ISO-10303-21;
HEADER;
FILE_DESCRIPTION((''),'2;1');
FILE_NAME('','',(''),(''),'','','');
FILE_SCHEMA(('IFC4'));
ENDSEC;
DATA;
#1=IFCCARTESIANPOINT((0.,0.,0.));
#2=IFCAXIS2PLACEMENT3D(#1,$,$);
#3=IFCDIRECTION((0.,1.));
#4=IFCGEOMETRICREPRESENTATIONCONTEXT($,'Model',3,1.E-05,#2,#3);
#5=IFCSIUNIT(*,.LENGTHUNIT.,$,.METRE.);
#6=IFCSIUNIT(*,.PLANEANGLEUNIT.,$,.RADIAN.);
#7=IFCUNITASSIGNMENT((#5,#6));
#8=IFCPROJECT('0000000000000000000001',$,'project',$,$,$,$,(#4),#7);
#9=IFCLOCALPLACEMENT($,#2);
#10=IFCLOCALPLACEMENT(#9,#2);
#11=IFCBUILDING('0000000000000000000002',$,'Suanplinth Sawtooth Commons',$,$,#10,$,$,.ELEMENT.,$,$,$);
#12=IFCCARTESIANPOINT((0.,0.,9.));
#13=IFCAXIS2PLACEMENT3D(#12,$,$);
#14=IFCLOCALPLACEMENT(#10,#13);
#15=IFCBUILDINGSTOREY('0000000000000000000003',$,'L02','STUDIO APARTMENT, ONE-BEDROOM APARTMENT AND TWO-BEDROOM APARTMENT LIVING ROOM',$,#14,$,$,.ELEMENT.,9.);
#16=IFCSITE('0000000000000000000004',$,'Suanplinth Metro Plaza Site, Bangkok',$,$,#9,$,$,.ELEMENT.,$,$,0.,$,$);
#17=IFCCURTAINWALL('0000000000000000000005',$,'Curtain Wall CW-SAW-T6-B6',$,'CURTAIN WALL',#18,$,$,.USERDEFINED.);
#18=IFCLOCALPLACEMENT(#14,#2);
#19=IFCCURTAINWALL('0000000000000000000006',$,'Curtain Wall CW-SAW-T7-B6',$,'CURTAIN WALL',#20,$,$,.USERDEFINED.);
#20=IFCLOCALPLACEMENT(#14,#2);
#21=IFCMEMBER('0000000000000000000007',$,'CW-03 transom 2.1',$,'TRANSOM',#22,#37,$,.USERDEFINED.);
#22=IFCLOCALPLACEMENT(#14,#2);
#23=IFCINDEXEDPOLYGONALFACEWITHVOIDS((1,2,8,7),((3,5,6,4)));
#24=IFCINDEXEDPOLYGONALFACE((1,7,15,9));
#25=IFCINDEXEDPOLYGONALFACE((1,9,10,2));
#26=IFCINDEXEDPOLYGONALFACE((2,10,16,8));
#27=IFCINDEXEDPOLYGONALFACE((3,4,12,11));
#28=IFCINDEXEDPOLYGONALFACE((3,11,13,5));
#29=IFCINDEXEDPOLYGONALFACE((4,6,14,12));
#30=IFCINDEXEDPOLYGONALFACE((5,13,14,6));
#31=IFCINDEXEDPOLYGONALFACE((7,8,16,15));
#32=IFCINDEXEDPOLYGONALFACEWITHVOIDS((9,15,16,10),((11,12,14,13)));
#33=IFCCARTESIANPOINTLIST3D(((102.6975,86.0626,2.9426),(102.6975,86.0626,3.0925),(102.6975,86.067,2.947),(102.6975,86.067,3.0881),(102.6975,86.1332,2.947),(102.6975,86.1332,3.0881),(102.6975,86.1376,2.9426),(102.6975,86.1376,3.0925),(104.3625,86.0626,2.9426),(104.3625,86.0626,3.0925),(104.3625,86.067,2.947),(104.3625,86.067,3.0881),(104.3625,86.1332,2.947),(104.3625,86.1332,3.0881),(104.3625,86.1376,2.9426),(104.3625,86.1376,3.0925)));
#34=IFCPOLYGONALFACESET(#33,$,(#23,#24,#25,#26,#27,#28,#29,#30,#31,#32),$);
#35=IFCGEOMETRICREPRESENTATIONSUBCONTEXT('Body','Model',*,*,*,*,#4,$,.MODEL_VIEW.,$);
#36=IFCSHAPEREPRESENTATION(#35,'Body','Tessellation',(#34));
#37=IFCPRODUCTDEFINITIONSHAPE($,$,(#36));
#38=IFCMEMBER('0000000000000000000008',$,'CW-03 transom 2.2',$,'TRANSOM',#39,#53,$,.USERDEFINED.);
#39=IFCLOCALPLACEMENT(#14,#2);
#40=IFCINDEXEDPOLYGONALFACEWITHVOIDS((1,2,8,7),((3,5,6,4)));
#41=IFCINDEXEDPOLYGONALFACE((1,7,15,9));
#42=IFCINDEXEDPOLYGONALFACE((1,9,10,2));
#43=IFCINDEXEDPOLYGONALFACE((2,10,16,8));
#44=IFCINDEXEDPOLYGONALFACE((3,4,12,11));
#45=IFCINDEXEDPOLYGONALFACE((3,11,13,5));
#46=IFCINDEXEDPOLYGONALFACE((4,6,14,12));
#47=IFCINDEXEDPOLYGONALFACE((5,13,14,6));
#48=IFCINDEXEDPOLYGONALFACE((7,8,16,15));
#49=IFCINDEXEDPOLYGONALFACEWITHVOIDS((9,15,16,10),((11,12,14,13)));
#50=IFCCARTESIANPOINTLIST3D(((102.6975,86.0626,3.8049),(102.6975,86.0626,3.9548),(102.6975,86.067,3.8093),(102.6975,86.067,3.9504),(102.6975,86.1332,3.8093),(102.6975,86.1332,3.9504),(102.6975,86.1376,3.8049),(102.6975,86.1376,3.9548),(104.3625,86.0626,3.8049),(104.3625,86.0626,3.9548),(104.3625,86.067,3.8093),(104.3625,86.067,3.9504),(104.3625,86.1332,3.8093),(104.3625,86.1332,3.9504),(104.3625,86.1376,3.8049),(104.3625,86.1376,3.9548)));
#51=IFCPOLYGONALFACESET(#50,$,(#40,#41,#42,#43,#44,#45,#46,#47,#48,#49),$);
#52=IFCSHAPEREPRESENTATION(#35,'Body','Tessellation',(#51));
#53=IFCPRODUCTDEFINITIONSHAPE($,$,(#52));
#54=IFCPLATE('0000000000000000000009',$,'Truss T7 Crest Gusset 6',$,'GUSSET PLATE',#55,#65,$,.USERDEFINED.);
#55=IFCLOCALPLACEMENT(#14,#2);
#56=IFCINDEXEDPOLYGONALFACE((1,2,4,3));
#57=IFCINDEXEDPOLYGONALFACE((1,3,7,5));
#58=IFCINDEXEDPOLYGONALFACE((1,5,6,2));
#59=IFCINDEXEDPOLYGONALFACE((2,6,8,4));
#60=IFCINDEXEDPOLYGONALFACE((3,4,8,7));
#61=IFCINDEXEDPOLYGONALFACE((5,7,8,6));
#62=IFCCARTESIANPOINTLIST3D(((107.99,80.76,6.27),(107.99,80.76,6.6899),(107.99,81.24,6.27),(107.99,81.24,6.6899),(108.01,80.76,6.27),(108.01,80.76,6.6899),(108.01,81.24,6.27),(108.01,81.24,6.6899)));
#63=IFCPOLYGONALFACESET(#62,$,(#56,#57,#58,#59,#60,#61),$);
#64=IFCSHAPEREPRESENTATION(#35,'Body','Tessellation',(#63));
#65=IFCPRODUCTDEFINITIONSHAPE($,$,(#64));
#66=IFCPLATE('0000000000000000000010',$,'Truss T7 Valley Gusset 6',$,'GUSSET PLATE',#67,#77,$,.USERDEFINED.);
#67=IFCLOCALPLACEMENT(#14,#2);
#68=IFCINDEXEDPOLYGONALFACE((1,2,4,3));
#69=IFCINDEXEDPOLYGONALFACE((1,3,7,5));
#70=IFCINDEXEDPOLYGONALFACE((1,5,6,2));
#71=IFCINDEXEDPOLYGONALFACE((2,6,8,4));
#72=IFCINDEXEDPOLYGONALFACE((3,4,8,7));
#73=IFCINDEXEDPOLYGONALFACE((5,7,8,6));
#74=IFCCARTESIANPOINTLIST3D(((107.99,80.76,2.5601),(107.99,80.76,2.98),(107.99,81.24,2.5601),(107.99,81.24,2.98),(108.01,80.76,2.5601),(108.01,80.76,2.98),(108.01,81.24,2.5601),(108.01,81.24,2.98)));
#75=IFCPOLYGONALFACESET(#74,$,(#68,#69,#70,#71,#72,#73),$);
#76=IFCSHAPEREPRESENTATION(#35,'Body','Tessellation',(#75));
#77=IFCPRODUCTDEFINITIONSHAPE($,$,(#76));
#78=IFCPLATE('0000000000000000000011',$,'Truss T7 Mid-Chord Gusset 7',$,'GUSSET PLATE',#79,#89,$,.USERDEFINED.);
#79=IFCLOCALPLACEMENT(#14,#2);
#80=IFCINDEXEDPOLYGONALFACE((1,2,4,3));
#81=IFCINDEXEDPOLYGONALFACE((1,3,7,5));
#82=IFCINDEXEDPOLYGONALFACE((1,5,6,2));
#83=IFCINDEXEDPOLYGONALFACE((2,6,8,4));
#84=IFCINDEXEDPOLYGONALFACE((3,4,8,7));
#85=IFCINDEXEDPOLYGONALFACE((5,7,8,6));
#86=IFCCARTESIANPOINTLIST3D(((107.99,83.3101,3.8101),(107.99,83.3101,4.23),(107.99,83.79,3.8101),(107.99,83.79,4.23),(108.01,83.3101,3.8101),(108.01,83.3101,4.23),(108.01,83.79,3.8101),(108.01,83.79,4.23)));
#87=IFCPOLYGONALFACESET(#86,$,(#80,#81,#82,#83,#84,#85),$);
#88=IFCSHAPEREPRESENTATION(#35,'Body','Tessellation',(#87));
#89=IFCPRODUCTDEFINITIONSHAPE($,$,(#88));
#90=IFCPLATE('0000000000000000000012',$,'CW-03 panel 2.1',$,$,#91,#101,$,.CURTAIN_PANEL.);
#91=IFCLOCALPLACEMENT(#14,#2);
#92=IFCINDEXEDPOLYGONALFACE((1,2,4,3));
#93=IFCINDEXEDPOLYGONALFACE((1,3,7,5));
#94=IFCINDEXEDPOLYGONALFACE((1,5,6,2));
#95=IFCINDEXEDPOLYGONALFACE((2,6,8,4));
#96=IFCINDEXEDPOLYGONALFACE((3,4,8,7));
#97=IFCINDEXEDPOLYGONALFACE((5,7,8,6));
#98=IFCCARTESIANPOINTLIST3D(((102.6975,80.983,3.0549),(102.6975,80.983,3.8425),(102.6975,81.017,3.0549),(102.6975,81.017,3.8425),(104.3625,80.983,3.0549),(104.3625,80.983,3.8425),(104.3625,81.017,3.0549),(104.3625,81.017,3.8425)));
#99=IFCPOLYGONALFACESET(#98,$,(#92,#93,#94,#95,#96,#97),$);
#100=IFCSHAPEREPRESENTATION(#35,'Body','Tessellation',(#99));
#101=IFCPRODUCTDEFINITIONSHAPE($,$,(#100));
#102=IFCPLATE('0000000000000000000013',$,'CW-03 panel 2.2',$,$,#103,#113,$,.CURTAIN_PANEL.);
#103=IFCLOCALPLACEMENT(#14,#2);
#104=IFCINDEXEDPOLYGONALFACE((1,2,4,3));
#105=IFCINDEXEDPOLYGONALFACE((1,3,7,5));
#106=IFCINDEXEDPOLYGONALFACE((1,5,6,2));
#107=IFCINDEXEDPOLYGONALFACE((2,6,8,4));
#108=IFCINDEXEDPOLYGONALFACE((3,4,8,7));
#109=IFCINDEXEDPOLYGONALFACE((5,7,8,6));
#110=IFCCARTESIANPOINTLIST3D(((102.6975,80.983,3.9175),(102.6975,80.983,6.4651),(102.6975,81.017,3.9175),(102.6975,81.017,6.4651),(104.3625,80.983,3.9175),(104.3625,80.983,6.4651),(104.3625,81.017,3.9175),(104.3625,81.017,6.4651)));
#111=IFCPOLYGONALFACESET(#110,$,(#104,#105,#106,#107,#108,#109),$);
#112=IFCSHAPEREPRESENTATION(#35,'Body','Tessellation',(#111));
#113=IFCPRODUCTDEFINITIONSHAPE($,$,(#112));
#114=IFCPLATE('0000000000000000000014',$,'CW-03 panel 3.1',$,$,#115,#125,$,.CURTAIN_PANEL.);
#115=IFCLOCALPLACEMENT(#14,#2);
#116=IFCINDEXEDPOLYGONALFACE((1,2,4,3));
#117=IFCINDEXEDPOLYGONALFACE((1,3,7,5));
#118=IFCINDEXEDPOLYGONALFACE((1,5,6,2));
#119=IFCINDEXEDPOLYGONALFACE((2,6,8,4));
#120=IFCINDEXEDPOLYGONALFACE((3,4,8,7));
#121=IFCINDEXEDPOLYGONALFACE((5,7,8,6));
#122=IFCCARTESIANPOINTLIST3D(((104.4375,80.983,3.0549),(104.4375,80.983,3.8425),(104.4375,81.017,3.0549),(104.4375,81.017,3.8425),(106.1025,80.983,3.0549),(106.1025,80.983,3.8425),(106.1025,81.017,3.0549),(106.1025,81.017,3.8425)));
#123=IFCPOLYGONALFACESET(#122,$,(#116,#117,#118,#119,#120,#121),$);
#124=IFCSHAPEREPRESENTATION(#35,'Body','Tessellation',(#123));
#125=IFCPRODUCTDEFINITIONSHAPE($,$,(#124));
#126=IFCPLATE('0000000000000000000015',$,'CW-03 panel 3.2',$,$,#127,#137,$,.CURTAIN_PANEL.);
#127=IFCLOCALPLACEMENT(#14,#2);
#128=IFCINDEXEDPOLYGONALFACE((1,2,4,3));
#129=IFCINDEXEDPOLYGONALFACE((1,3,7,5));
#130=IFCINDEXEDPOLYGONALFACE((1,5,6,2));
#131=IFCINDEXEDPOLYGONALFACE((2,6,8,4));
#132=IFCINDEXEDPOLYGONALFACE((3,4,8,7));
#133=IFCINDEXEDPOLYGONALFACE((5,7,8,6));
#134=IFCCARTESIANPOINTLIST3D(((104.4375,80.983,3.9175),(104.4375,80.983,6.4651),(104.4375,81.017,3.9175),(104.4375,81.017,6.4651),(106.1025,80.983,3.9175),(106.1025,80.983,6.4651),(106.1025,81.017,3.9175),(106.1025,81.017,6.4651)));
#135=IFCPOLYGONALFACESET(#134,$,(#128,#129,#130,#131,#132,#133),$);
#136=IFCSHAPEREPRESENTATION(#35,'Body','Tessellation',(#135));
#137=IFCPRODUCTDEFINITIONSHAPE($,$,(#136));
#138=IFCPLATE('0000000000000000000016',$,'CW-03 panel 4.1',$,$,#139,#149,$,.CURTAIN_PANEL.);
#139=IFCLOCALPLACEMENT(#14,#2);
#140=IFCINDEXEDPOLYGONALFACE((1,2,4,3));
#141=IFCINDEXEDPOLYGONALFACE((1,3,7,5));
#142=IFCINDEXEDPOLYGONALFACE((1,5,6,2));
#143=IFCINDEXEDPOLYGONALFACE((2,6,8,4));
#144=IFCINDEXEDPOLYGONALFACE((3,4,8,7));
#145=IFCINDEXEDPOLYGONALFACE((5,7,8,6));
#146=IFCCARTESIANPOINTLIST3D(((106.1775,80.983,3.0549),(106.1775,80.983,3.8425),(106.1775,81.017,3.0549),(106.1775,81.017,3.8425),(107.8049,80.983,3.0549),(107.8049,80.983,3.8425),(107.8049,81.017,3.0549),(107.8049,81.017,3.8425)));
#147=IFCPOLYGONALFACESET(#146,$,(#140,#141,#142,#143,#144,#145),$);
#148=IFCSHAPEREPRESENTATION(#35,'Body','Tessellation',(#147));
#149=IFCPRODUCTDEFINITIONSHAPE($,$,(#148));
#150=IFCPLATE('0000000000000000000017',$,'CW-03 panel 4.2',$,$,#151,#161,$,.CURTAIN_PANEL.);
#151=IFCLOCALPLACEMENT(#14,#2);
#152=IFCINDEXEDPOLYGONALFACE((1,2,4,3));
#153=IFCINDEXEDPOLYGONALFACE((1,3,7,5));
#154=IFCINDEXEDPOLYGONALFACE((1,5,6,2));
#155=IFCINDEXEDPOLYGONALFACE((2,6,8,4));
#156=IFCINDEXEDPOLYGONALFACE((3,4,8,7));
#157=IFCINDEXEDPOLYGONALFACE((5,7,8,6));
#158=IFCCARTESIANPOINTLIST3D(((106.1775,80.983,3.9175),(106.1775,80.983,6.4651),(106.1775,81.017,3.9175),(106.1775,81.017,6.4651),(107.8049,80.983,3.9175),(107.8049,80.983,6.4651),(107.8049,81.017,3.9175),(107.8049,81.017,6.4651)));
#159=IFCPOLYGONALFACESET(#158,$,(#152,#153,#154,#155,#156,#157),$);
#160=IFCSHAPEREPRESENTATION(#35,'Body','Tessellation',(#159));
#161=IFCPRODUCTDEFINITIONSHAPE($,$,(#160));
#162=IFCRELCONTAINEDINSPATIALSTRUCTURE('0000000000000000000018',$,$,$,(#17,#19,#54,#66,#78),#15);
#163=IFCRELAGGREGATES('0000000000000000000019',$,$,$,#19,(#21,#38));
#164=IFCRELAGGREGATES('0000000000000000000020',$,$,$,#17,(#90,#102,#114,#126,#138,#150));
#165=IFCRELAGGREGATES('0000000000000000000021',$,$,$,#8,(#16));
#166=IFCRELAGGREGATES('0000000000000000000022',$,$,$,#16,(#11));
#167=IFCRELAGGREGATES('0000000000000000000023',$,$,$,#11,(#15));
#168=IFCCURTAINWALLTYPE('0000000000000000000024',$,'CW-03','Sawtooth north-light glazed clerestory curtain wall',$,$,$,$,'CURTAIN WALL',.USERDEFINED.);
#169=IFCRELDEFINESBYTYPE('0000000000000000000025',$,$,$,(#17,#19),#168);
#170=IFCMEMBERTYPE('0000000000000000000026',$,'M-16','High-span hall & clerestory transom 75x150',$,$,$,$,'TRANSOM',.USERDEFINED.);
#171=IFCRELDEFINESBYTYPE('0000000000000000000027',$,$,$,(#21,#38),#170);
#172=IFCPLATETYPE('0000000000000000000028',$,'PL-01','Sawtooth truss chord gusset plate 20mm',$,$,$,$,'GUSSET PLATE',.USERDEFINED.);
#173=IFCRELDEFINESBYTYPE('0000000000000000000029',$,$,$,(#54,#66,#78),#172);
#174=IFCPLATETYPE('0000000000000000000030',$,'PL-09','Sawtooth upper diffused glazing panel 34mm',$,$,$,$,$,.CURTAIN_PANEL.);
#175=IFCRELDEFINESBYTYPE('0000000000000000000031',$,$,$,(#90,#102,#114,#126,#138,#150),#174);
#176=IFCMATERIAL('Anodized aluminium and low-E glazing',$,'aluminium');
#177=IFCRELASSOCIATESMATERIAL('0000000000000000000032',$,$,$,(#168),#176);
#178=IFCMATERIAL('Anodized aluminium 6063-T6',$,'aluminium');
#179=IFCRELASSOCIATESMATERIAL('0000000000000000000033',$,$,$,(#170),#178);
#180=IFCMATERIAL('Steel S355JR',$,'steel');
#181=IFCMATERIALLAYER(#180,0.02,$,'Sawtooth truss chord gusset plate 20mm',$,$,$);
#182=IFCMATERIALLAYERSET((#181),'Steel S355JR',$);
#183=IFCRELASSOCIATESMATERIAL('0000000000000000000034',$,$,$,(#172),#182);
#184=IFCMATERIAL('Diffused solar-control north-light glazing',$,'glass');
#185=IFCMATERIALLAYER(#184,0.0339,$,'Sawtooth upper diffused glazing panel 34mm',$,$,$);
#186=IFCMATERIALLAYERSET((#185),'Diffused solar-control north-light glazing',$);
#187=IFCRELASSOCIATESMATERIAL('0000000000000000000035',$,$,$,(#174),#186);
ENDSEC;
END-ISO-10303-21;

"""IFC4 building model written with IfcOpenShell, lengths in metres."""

from ifc_helpers import new_model, si_unit, direction, frame, origin, origin_2d, place, context, subcontext, project, spatial, rectangle, hollow_rectangle, extrude, material, layer, layer_set, material_profile, profile_set, type_object, element, aggregate, save


model = new_model("IFC4")

# Units and contexts
model_context = context("Model", 3, precision=1e-05, world=origin(), true_north=direction((0.0, 1.0)))
body_context = subcontext(model_context, "Body", "Model", "MODEL_VIEW")
ifc_project = project(units=[si_unit("LENGTHUNIT", "METRE"), si_unit("PLANEANGLEUNIT", "RADIAN")], contexts=[model_context])

# Site, building, storey
site_placement = place(None, origin())
site = spatial("IfcSite", under=ifc_project, at=site_placement, Name="Suanplinth Metro Plaza Site, Bangkok", CompositionType="ELEMENT", RefElevation=0.0)
building_placement = place(site_placement, origin())
building = spatial("IfcBuilding", under=site, at=building_placement, Name="Suanplinth Sawtooth Commons", CompositionType="ELEMENT")
storey_placement = place(building_placement, frame((0.0, 0.0, 9.0)))
storey = spatial("IfcBuildingStorey", under=building, at=storey_placement, Name="L02", Description="STUDIO APARTMENT, ONE-BEDROOM APARTMENT AND TWO-BEDROOM APARTMENT LIVING ROOM", CompositionType="ELEMENT", Elevation=9.0)

# Shared definitions
ifc_material_1 = material(Name="Steel S355JR", Category="steel")

# Curtain wall
ifc_material_2 = material(Name="Anodized aluminium and low-E glazing", Category="aluminium")
curtain_wall_type = type_object("IfcCurtainWallType", Name="CW-03", Description="Sawtooth north-light glazed clerestory curtain wall", ElementType="CURTAIN WALL", PredefinedType="USERDEFINED", material=ifc_material_2)
curtain_wall_1_placement = place(storey_placement, origin())
curtain_wall_1 = element("IfcCurtainWall", 1, at=curtain_wall_1_placement, inside=storey, type_object=curtain_wall_type, Name="Curtain Wall CW-SAW-T6-B6", ObjectType="CURTAIN WALL", PredefinedType="USERDEFINED")
ifc_material_3 = material(Name="Anodized aluminium 6063-T6", Category="aluminium")

# Curtain wall
curtain_wall_2_placement = place(storey_placement, origin())
curtain_wall_2 = element("IfcCurtainWall", 2, at=curtain_wall_2_placement, inside=storey, type_object=curtain_wall_type, Name="Curtain Wall CW-SAW-T7-B6", ObjectType="CURTAIN WALL", PredefinedType="USERDEFINED")

# Members
ifc_material_profile_1 = material_profile(ifc_material_3, hollow_rectangle(XDim=0.075, YDim=0.1499, WallThickness=0.0044, at=origin_2d()), Name="ALU-TRN 75x150")
ifc_profile_set_1 = profile_set([ifc_material_profile_1], Name="Anodized aluminium 6063-T6")
member_type_1 = type_object("IfcMemberType", Name="M-16", Description="High-span hall & clerestory transom 75x150", ElementType="TRANSOM", PredefinedType="USERDEFINED", material=ifc_profile_set_1)
member_1_placement = place(storey_placement, frame((102.6975, 86.1001, 3.0176), z_axis=(1.0, 0.0, 0.0), x_axis=(0.0, 1.0, 0.0)))
member_1 = element("IfcMember", 3, at=member_1_placement, type_object=member_type_1, Name="CW-03 transom 2.1", ObjectType="TRANSOM", PredefinedType="USERDEFINED", context=body_context, shape_type="SweptSolid", body=[
    extrude(hollow_rectangle(XDim=0.075, YDim=0.1499, WallThickness=0.0044, at=origin_2d()), origin(), (0.0, 0.0, 1.0), 1.665),
])
member_2_placement = place(storey_placement, frame((102.6975, 86.1001, 3.8799), z_axis=(1.0, 0.0, 0.0), x_axis=(0.0, 1.0, 0.0)))
member_2 = element("IfcMember", 4, at=member_2_placement, type_object=member_type_1, Name="CW-03 transom 2.2", ObjectType="TRANSOM", PredefinedType="USERDEFINED", context=body_context, shape_type="SweptSolid", body=[
    extrude(hollow_rectangle(XDim=0.075, YDim=0.1499, WallThickness=0.0044, at=origin_2d()), origin(), (0.0, 0.0, 1.0), 1.665),
])
aggregate(curtain_wall_2, [member_1, member_2])

# Plates
ifc_layer_1 = layer(ifc_material_1, 0.02, Name="Sawtooth truss chord gusset plate 20mm")
ifc_layer_set_1 = layer_set([ifc_layer_1], Name="Steel S355JR")
plate_type_1 = type_object("IfcPlateType", Name="PL-01", Description="Sawtooth truss chord gusset plate 20mm", ElementType="GUSSET PLATE", PredefinedType="USERDEFINED", material=ifc_layer_set_1)
for number, where, z_axis, x_axis, name in (
    (5, (108.0, 81.0, 6.27), (0.0, 0.0, 1.0), (1.0, 0.0, 0.0), "Truss T7 Crest Gusset 6"),
    (6, (108.0, 81.0, 2.5601), (0.0, 0.0, 1.0), (1.0, 0.0, 0.0), "Truss T7 Valley Gusset 6"),
    (7, (108.0, 83.55, 3.8101), (0.0, 0.0, 1.0), (1.0, 0.0, 0.0), "Truss T7 Mid-Chord Gusset 7"),
):
    element("IfcPlate", number, at=place(storey_placement, frame(where, z_axis=z_axis, x_axis=x_axis)), inside=storey, type_object=plate_type_1, Name=name, ObjectType="GUSSET PLATE", PredefinedType="USERDEFINED", context=body_context, shape_type="SweptSolid", body=[
        extrude(rectangle(XDim=0.02, YDim=0.48, at=origin_2d()), origin(), (0.0, 0.0, 1.0), 0.4199),
    ])

# Plates
ifc_material_4 = material(Name="Diffused solar-control north-light glazing", Category="glass")
ifc_layer_2 = layer(ifc_material_4, 0.0339, Name="Sawtooth upper diffused glazing panel 34mm")
ifc_layer_set_2 = layer_set([ifc_layer_2], Name="Diffused solar-control north-light glazing")
plate_type_2 = type_object("IfcPlateType", Name="PL-09", Description="Sawtooth upper diffused glazing panel 34mm", PredefinedType="CURTAIN_PANEL", material=ifc_layer_set_2)
plate_1_placement = place(storey_placement, frame((103.53, 81.0, 3.0549), z_axis=(0.0, 0.0, 1.0), x_axis=(1.0, 0.0, 0.0)))
plate_1 = element("IfcPlate", 8, at=plate_1_placement, type_object=plate_type_2, Name="CW-03 panel 2.1", PredefinedType="CURTAIN_PANEL", context=body_context, shape_type="SweptSolid", body=[
    extrude(rectangle(XDim=1.665, YDim=0.0339, at=origin_2d()), origin(), (0.0, 0.0, 1.0), 0.7876),
])
plate_2_placement = place(storey_placement, frame((103.53, 81.0, 3.9175), z_axis=(0.0, 0.0, 1.0), x_axis=(1.0, 0.0, 0.0)))
plate_2 = element("IfcPlate", 9, at=plate_2_placement, type_object=plate_type_2, Name="CW-03 panel 2.2", PredefinedType="CURTAIN_PANEL", context=body_context, shape_type="SweptSolid", body=[
    extrude(rectangle(XDim=1.665, YDim=0.0339, at=origin_2d()), origin(), (0.0, 0.0, 1.0), 2.5476),
])
plate_3_placement = place(storey_placement, frame((105.27, 81.0, 3.0549), z_axis=(0.0, 0.0, 1.0), x_axis=(1.0, 0.0, 0.0)))
plate_3 = element("IfcPlate", 10, at=plate_3_placement, type_object=plate_type_2, Name="CW-03 panel 3.1", PredefinedType="CURTAIN_PANEL", context=body_context, shape_type="SweptSolid", body=[
    extrude(rectangle(XDim=1.665, YDim=0.0339, at=origin_2d()), origin(), (0.0, 0.0, 1.0), 0.7876),
])
plate_4_placement = place(storey_placement, frame((105.27, 81.0, 3.9175), z_axis=(0.0, 0.0, 1.0), x_axis=(1.0, 0.0, 0.0)))
plate_4 = element("IfcPlate", 11, at=plate_4_placement, type_object=plate_type_2, Name="CW-03 panel 3.2", PredefinedType="CURTAIN_PANEL", context=body_context, shape_type="SweptSolid", body=[
    extrude(rectangle(XDim=1.665, YDim=0.0339, at=origin_2d()), origin(), (0.0, 0.0, 1.0), 2.5476),
])
plate_5_placement = place(storey_placement, frame((106.9912, 81.0, 3.0549), z_axis=(0.0, 0.0, 1.0), x_axis=(1.0, 0.0, 0.0)))
plate_5 = element("IfcPlate", 12, at=plate_5_placement, type_object=plate_type_2, Name="CW-03 panel 4.1", PredefinedType="CURTAIN_PANEL", context=body_context, shape_type="SweptSolid", body=[
    extrude(rectangle(XDim=1.6274, YDim=0.0339, at=origin_2d()), origin(), (0.0, 0.0, 1.0), 0.7876),
])
plate_6_placement = place(storey_placement, frame((106.9912, 81.0, 3.9175), z_axis=(0.0, 0.0, 1.0), x_axis=(1.0, 0.0, 0.0)))
plate_6 = element("IfcPlate", 13, at=plate_6_placement, type_object=plate_type_2, Name="CW-03 panel 4.2", PredefinedType="CURTAIN_PANEL", context=body_context, shape_type="SweptSolid", body=[
    extrude(rectangle(XDim=1.6274, YDim=0.0339, at=origin_2d()), origin(), (0.0, 0.0, 1.0), 2.5476),
])
aggregate(curtain_wall_1, [plate_1, plate_2, plate_3, plate_4, plate_5, plate_6])

save(model, "model.ifc")
